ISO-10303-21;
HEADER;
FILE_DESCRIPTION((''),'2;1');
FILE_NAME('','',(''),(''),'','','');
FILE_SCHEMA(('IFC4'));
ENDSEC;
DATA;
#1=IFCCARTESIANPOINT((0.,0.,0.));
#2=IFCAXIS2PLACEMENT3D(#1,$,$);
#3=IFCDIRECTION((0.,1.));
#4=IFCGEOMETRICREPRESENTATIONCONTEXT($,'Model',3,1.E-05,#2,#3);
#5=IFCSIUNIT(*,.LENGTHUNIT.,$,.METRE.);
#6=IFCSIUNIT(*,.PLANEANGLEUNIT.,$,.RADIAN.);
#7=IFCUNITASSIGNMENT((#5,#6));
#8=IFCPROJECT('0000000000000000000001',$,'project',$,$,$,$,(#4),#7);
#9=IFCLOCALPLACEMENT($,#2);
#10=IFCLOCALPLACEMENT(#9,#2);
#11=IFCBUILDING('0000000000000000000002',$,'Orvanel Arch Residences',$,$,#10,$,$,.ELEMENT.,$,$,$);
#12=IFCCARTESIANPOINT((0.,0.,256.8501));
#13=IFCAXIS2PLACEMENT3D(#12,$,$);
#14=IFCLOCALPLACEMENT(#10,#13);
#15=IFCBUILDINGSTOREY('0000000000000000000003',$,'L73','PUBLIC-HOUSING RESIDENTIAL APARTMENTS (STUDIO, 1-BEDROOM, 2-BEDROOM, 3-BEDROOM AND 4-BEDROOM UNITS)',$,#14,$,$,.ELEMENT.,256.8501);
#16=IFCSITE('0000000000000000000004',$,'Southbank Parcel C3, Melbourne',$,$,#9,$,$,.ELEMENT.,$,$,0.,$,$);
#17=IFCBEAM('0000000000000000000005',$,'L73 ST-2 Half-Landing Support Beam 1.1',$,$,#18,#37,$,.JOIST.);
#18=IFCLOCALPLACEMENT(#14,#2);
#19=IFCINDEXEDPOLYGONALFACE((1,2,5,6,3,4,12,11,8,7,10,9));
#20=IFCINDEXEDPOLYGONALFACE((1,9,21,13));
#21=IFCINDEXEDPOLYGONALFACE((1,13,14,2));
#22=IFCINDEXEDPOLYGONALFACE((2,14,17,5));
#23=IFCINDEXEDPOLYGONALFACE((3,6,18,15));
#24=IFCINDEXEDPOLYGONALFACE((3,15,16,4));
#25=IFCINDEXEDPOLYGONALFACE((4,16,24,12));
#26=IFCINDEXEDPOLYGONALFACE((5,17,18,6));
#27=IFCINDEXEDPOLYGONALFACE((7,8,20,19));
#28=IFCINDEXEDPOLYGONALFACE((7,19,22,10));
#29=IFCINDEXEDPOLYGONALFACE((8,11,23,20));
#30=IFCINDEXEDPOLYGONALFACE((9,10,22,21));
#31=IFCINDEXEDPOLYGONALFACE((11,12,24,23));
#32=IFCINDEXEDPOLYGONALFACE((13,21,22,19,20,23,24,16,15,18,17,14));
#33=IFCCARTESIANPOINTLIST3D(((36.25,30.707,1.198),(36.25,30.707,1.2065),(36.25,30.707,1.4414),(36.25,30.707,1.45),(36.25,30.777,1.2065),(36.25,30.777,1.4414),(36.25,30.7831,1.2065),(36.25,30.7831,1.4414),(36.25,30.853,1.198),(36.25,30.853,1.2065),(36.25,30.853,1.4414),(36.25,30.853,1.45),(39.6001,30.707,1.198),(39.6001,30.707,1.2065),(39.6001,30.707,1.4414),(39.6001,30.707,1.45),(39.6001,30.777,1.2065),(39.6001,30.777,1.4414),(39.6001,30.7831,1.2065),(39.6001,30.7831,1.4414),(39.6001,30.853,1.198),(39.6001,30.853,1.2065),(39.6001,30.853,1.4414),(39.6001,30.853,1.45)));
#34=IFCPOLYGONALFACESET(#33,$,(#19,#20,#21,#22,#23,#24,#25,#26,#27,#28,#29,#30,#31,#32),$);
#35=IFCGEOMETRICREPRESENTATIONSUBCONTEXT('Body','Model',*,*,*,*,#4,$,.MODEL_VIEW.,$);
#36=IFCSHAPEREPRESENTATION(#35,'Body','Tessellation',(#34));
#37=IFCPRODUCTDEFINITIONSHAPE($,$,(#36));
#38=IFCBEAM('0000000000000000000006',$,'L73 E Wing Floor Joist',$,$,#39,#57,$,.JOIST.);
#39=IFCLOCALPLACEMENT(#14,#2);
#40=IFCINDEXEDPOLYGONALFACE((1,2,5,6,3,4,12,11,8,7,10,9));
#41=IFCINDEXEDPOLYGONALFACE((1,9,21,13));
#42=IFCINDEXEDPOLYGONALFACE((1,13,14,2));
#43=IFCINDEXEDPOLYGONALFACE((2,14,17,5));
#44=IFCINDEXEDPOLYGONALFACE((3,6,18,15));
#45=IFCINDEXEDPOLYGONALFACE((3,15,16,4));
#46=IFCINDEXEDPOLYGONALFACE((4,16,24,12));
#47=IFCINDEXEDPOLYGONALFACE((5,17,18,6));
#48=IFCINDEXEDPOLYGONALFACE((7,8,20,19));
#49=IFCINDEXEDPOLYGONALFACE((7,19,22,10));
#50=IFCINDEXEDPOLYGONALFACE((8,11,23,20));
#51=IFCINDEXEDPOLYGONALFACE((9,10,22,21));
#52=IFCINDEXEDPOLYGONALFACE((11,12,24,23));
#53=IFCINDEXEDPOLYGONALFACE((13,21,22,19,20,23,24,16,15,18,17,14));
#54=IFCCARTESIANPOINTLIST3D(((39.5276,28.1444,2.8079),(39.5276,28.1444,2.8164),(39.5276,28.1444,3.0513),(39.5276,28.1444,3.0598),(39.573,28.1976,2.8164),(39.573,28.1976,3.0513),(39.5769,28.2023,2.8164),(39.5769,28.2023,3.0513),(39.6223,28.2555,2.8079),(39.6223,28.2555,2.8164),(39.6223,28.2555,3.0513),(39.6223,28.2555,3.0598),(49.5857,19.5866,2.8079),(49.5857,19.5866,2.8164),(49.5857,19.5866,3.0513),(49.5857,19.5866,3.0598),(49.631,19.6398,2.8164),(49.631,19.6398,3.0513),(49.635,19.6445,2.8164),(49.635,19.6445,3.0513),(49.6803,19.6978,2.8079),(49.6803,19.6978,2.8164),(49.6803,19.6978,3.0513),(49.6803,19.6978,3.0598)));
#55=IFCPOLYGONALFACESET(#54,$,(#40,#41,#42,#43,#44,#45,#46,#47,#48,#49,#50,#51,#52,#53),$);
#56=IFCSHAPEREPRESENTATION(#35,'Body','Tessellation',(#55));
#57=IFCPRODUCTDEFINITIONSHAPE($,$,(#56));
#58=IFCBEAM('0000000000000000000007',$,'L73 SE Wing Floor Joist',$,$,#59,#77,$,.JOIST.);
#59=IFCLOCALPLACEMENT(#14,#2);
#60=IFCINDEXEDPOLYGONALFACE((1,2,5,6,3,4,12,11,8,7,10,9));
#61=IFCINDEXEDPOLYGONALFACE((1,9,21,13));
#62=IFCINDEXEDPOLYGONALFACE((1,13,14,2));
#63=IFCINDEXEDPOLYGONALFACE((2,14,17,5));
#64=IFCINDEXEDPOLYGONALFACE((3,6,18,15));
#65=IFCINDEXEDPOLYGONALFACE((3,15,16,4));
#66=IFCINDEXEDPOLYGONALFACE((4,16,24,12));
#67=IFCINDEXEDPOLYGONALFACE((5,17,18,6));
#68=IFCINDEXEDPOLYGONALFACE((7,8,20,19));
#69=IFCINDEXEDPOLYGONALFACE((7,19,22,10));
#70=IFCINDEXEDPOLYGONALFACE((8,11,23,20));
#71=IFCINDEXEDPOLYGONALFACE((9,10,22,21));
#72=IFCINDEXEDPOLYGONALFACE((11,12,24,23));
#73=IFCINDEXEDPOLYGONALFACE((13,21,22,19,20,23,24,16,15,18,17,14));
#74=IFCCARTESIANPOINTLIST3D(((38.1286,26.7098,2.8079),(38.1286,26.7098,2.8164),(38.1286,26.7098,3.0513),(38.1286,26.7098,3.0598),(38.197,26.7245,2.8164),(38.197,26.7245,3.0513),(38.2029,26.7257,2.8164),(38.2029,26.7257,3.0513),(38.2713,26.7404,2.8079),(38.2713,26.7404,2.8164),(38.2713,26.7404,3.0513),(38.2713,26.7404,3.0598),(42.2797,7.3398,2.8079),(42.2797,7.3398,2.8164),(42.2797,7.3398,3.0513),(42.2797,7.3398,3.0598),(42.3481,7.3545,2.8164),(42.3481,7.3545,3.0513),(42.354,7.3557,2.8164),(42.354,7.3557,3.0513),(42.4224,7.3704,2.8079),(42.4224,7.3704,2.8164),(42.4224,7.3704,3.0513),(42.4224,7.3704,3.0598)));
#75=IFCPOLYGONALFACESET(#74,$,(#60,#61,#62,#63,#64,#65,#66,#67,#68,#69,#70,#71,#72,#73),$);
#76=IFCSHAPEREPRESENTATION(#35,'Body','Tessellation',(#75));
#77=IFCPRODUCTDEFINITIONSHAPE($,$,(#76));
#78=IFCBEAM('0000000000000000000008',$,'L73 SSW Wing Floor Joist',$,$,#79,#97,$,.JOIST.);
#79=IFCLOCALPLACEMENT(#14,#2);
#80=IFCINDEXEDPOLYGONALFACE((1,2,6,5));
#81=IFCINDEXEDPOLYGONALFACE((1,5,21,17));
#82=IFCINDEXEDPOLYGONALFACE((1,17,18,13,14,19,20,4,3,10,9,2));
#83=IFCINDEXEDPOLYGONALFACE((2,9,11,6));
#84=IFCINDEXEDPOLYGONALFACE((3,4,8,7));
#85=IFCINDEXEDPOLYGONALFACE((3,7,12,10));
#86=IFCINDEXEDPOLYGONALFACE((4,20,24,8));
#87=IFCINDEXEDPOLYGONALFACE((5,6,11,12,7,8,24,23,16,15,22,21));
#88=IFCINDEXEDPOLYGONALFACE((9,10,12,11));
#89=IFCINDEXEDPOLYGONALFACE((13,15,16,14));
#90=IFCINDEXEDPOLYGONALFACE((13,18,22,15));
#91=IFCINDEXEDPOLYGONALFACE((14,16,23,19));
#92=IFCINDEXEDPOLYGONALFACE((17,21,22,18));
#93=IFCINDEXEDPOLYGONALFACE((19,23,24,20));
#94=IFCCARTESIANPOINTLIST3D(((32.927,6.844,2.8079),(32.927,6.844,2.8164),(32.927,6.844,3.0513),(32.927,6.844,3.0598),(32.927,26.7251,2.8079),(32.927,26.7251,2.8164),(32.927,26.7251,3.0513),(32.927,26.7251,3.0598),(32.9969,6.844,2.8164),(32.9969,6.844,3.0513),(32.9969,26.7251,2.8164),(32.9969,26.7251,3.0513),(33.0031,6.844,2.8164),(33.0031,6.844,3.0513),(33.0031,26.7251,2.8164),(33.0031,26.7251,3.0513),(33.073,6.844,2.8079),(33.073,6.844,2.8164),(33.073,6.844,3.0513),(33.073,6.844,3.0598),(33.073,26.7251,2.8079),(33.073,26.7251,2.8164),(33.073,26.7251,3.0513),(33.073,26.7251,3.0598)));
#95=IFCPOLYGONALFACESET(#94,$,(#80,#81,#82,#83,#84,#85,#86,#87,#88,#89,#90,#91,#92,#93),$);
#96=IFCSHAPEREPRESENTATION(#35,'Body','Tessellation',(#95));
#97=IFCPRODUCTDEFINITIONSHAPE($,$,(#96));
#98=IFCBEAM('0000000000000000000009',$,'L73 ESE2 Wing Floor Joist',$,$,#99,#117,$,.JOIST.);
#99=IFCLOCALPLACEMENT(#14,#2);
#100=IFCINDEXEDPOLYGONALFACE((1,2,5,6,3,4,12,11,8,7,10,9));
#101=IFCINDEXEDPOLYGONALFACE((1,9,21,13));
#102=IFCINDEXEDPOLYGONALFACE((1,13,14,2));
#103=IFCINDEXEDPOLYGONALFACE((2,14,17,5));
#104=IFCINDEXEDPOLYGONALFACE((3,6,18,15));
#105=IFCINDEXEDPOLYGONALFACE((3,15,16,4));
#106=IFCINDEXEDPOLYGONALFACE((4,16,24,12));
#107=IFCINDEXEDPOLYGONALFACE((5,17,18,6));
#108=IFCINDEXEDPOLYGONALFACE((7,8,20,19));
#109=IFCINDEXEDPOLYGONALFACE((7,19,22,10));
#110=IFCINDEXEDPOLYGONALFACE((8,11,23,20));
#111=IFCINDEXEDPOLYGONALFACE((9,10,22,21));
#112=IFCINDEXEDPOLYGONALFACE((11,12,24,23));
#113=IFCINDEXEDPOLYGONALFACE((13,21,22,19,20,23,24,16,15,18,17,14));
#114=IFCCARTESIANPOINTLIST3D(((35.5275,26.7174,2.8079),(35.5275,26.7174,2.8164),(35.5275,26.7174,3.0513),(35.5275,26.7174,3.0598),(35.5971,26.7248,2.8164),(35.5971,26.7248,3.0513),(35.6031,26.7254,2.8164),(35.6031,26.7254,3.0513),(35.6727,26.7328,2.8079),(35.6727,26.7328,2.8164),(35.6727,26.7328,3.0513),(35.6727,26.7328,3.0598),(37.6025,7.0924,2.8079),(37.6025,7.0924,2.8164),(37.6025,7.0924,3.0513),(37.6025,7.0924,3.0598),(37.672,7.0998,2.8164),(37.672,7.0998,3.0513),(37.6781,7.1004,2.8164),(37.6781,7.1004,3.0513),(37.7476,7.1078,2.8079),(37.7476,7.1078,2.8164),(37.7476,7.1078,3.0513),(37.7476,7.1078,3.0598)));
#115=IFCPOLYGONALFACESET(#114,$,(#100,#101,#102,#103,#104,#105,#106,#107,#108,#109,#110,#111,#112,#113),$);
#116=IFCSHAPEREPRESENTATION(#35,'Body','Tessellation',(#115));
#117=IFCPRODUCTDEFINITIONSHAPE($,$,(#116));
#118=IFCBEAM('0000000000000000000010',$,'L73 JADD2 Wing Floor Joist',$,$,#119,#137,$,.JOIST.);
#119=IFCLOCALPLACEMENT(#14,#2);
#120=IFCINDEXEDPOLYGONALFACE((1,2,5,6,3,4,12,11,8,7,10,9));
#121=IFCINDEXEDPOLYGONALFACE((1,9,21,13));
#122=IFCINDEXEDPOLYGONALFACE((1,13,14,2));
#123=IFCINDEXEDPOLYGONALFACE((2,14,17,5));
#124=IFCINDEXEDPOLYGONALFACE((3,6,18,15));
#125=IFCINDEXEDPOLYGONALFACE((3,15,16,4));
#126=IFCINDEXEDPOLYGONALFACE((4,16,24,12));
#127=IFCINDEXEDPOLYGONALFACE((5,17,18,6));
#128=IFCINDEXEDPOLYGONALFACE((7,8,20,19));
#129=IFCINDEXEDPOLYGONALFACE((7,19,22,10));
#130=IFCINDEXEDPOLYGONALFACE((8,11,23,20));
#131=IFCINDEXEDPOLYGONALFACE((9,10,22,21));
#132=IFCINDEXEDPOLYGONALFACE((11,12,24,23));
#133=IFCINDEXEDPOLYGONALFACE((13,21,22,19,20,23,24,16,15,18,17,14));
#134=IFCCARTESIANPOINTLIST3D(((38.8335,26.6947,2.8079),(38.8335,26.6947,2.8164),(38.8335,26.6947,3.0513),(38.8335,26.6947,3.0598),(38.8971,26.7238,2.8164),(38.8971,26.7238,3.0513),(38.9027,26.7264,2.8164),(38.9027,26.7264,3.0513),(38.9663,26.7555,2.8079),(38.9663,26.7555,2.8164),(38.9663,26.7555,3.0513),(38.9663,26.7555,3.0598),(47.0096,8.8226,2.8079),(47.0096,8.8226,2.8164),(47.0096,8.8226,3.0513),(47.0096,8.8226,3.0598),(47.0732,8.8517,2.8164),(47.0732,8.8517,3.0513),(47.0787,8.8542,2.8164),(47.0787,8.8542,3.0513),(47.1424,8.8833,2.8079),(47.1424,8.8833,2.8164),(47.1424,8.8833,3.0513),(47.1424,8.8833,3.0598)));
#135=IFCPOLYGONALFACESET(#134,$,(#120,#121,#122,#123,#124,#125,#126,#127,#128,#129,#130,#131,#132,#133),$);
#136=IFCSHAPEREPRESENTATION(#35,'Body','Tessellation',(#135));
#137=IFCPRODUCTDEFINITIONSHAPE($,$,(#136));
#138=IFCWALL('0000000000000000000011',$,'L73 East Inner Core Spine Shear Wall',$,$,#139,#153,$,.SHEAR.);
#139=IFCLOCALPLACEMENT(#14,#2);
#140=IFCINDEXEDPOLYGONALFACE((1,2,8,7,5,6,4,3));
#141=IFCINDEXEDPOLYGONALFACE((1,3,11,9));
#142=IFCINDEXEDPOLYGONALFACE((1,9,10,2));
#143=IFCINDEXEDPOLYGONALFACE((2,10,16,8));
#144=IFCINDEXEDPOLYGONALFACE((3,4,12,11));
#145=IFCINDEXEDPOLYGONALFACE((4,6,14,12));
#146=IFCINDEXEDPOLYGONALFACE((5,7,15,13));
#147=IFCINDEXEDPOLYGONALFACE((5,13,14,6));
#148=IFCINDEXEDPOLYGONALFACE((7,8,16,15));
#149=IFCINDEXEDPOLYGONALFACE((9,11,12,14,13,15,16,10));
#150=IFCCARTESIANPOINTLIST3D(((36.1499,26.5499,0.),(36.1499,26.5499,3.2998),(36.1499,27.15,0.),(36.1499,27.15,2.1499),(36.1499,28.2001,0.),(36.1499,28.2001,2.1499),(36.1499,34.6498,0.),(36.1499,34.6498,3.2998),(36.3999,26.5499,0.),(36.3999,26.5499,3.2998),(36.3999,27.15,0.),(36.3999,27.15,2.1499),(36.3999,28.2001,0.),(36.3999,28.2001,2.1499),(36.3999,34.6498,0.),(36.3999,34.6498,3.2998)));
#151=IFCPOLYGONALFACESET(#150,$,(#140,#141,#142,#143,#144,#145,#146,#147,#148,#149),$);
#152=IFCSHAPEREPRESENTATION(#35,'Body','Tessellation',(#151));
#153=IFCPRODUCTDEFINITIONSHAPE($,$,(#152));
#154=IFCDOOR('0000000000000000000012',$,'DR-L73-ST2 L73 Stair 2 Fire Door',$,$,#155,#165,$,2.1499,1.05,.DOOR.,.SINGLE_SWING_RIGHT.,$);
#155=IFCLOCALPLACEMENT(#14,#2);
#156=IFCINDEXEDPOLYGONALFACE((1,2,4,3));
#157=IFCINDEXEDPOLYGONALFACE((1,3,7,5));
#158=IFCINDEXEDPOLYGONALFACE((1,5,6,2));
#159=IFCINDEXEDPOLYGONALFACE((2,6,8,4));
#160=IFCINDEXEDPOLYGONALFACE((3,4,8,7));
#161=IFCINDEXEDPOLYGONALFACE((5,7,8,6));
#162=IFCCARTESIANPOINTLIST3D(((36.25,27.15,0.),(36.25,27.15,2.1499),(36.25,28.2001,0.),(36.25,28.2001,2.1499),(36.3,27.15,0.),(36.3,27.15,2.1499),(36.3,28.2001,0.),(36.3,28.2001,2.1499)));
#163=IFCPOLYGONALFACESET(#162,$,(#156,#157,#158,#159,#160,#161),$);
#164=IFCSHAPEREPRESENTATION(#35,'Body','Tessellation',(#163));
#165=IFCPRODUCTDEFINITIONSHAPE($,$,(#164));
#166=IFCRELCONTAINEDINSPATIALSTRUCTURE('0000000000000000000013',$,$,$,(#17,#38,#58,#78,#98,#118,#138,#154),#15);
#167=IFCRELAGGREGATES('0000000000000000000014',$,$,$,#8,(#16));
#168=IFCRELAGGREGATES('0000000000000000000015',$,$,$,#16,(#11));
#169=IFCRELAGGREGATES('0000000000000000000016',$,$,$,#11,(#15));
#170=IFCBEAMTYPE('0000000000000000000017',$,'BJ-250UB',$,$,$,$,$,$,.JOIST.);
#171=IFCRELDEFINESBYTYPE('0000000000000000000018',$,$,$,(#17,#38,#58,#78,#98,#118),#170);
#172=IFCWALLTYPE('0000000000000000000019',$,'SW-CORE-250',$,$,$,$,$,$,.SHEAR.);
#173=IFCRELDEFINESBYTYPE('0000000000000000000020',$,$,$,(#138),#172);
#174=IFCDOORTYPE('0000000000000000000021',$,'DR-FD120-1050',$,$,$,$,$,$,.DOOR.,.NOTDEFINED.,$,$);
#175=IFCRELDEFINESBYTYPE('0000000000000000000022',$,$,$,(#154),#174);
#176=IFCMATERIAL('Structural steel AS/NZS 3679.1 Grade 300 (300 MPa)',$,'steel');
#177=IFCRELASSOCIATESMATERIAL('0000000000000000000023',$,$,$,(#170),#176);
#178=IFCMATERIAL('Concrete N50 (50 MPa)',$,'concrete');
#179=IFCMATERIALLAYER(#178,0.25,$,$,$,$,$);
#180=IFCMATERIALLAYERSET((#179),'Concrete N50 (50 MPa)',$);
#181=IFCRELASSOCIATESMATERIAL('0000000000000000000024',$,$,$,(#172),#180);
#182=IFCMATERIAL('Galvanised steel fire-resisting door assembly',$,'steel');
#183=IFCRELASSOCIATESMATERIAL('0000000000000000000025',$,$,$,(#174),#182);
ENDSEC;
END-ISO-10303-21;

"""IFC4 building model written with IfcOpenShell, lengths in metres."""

from ifc_helpers import new_model, si_unit, direction, frame, frame_2d, origin, origin_2d, place, context, subcontext, project, spatial, rectangle, i_section, extrude, material, layer, layer_set, material_profile, profile_set, type_object, element, fill, save


model = new_model("IFC4")

# Units and contexts
model_context = context("Model", 3, precision=1e-05, world=origin(), true_north=direction((0.0, 1.0)))
body_context = subcontext(model_context, "Body", "Model", "MODEL_VIEW")
ifc_project = project(units=[si_unit("LENGTHUNIT", "METRE"), si_unit("PLANEANGLEUNIT", "RADIAN")], contexts=[model_context])

# Site, building, storey
site_placement = place(None, origin())
site = spatial("IfcSite", under=ifc_project, at=site_placement, Name="Southbank Parcel C3, Melbourne", CompositionType="ELEMENT", RefElevation=0.0)
building_placement = place(site_placement, origin())
building = spatial("IfcBuilding", under=site, at=building_placement, Name="Orvanel Arch Residences", CompositionType="ELEMENT")
storey_placement = place(building_placement, frame((0.0, 0.0, 256.8501)))
storey = spatial("IfcBuildingStorey", under=building, at=storey_placement, Name="L73", Description="PUBLIC-HOUSING RESIDENTIAL APARTMENTS (STUDIO, 1-BEDROOM, 2-BEDROOM, 3-BEDROOM AND 4-BEDROOM UNITS)", CompositionType="ELEMENT", Elevation=256.8501)

# Beams
ifc_material_1 = material(Name="Structural steel AS/NZS 3679.1 Grade 300 (300 MPa)", Category="steel")
ifc_material_profile = material_profile(ifc_material_1, i_section(OverallWidth=0.146, OverallDepth=0.252, WebThickness=0.0061, FlangeThickness=0.0085, at=origin_2d()), Name="250UB31.4")
ifc_profile_set = profile_set([ifc_material_profile], Name="Structural steel AS/NZS 3679.1 Grade 300 (300 MPa)")
beam_type = type_object("IfcBeamType", Name="BJ-250UB", PredefinedType="JOIST", material=ifc_profile_set)
beam_1_placement = place(storey_placement, frame((36.25, 30.78, 1.324), z_axis=(1.0, 0.0, 0.0), x_axis=(0.0, 1.0, 0.0)))
element("IfcBeam", 1, at=beam_1_placement, inside=storey, type_object=beam_type, Name="L73 ST-2 Half-Landing Support Beam 1.1", PredefinedType="JOIST", context=body_context, shape_type="SweptSolid", body=[
    extrude(i_section(OverallWidth=0.146, OverallDepth=0.252, WebThickness=0.0061, FlangeThickness=0.0085, at=origin_2d()), origin(), (0.0, 0.0, 1.0), 3.3501),
])
beam_2_placement = place(storey_placement, frame((39.575, 28.2, 2.9338), z_axis=(0.761623, -0.648021, 0.0), x_axis=(0.648021, 0.761623, 0.0)))
element("IfcBeam", 2, at=beam_2_placement, inside=storey, type_object=beam_type, Name="L73 E Wing Floor Joist", PredefinedType="JOIST", context=body_context, shape_type="SweptSolid", body=[
    extrude(i_section(OverallWidth=0.146, OverallDepth=0.252, WebThickness=0.0061, FlangeThickness=0.0085, at=origin_2d()), origin(), (0.0, 0.0, 1.0), 13.2061),
])
beam_3_placement = place(storey_placement, frame((38.2, 26.7251, 2.9338), z_axis=(0.209548, -0.977798, 0.0), x_axis=(0.977798, 0.209548, 0.0)))
element("IfcBeam", 3, at=beam_3_placement, inside=storey, type_object=beam_type, Name="L73 SE Wing Floor Joist", PredefinedType="JOIST", context=body_context, shape_type="SweptSolid", body=[
    extrude(i_section(OverallWidth=0.146, OverallDepth=0.252, WebThickness=0.0061, FlangeThickness=0.0085, at=origin_2d()), origin(), (0.0, 0.0, 1.0), 19.8098),
])
beam_4_placement = place(storey_placement, frame((33.0, 26.7251, 2.9338), z_axis=(0.0, -1.0, 0.0), x_axis=(1.0, 0.0, 0.0)))
element("IfcBeam", 4, at=beam_4_placement, inside=storey, type_object=beam_type, Name="L73 SSW Wing Floor Joist", PredefinedType="JOIST", context=body_context, shape_type="SweptSolid", body=[
    extrude(i_section(OverallWidth=0.146, OverallDepth=0.252, WebThickness=0.0061, FlangeThickness=0.0085, at=origin_2d()), origin(), (0.0, 0.0, 1.0), 19.8811),
])
beam_5_placement = place(storey_placement, frame((35.6001, 26.7251, 2.9338), z_axis=(0.105144, -0.994457, 0.0), x_axis=(0.994457, 0.105144, 0.0)))
element("IfcBeam", 5, at=beam_5_placement, inside=storey, type_object=beam_type, Name="L73 ESE2 Wing Floor Joist", PredefinedType="JOIST", context=body_context, shape_type="SweptSolid", body=[
    extrude(i_section(OverallWidth=0.146, OverallDepth=0.252, WebThickness=0.0061, FlangeThickness=0.0085, at=origin_2d()), origin(), (0.0, 0.0, 1.0), 19.7344),
])
beam_6_placement = place(storey_placement, frame((38.8999, 26.7251, 2.9338), z_axis=(0.41601, -0.90936, 0.0), x_axis=(0.90936, 0.41601, 0.0)))
element("IfcBeam", 6, at=beam_6_placement, inside=storey, type_object=beam_type, Name="L73 JADD2 Wing Floor Joist", PredefinedType="JOIST", context=body_context, shape_type="SweptSolid", body=[
    extrude(i_section(OverallWidth=0.146, OverallDepth=0.252, WebThickness=0.0061, FlangeThickness=0.0085, at=origin_2d()), origin(), (0.0, 0.0, 1.0), 19.6536),
])

# Wall, opening, door
ifc_material_2 = material(Name="Concrete N50 (50 MPa)", Category="concrete")
ifc_layer_1 = layer(ifc_material_2, 0.25)
ifc_layer_set_1 = layer_set([ifc_layer_1], Name="Concrete N50 (50 MPa)")
wall_type_1 = type_object("IfcWallType", Name="SW-CORE-250", PredefinedType="SHEAR", material=ifc_layer_set_1)
wall_1_placement = place(storey_placement, frame((36.2749, 26.55, 0.0), z_axis=(0.0, 0.0, 1.0), x_axis=(0.0, 1.0, 0.0)))
wall_1 = element("IfcWall", 7, at=wall_1_placement, inside=storey, type_object=wall_type_1, Name="L73 East Inner Core Spine Shear Wall", PredefinedType="SHEAR", context=body_context, shape_type="SweptSolid", body=[
    extrude(rectangle(XDim=8.0999, YDim=0.25, at=frame_2d((4.0498, 0.0))), origin(), (0.0, 0.0, 1.0), 3.2998),
])
opening_1_placement = place(wall_1_placement, frame((0.6001, 0.0, 0.0)))
opening_1 = element("IfcOpeningElement", 8, at=opening_1_placement, cuts=wall_1, PredefinedType="OPENING", context=body_context, shape_type="SweptSolid", body=[
    extrude(rectangle(XDim=1.05, YDim=2.1499, at=frame_2d((0.5249, 1.075))), frame((0.0, 0.135, 0.0), z_axis=(0.0, -1.0, 0.0), x_axis=(1.0, 0.0, 0.0)), (0.0, 0.0, 1.0), 0.27),
])
ifc_material_3 = material(Name="Galvanised steel fire-resisting door assembly", Category="steel")
door_type_1 = type_object("IfcDoorType", Name="DR-FD120-1050", OperationType="NOTDEFINED", PredefinedType="DOOR", material=ifc_material_3)
door_1_placement = place(opening_1_placement, origin())
door_1 = element("IfcDoor", 9, at=door_1_placement, inside=storey, type_object=door_type_1, Name="DR-L73-ST2 L73 Stair 2 Fire Door", OperationType="SINGLE_SWING_RIGHT", OverallHeight=2.1499, OverallWidth=1.05, PredefinedType="DOOR", context=body_context, shape_type="SweptSolid", body=[
    extrude(rectangle(XDim=1.05, YDim=2.1499, at=frame_2d((0.5249, 1.075))), frame((0.0, 0.0249, 0.0), z_axis=(0.0, -1.0, 0.0), x_axis=(1.0, 0.0, 0.0)), (0.0, 0.0, 1.0), 0.05),
])
fill(opening_1, door_1)

save(model, "model.ifc")
